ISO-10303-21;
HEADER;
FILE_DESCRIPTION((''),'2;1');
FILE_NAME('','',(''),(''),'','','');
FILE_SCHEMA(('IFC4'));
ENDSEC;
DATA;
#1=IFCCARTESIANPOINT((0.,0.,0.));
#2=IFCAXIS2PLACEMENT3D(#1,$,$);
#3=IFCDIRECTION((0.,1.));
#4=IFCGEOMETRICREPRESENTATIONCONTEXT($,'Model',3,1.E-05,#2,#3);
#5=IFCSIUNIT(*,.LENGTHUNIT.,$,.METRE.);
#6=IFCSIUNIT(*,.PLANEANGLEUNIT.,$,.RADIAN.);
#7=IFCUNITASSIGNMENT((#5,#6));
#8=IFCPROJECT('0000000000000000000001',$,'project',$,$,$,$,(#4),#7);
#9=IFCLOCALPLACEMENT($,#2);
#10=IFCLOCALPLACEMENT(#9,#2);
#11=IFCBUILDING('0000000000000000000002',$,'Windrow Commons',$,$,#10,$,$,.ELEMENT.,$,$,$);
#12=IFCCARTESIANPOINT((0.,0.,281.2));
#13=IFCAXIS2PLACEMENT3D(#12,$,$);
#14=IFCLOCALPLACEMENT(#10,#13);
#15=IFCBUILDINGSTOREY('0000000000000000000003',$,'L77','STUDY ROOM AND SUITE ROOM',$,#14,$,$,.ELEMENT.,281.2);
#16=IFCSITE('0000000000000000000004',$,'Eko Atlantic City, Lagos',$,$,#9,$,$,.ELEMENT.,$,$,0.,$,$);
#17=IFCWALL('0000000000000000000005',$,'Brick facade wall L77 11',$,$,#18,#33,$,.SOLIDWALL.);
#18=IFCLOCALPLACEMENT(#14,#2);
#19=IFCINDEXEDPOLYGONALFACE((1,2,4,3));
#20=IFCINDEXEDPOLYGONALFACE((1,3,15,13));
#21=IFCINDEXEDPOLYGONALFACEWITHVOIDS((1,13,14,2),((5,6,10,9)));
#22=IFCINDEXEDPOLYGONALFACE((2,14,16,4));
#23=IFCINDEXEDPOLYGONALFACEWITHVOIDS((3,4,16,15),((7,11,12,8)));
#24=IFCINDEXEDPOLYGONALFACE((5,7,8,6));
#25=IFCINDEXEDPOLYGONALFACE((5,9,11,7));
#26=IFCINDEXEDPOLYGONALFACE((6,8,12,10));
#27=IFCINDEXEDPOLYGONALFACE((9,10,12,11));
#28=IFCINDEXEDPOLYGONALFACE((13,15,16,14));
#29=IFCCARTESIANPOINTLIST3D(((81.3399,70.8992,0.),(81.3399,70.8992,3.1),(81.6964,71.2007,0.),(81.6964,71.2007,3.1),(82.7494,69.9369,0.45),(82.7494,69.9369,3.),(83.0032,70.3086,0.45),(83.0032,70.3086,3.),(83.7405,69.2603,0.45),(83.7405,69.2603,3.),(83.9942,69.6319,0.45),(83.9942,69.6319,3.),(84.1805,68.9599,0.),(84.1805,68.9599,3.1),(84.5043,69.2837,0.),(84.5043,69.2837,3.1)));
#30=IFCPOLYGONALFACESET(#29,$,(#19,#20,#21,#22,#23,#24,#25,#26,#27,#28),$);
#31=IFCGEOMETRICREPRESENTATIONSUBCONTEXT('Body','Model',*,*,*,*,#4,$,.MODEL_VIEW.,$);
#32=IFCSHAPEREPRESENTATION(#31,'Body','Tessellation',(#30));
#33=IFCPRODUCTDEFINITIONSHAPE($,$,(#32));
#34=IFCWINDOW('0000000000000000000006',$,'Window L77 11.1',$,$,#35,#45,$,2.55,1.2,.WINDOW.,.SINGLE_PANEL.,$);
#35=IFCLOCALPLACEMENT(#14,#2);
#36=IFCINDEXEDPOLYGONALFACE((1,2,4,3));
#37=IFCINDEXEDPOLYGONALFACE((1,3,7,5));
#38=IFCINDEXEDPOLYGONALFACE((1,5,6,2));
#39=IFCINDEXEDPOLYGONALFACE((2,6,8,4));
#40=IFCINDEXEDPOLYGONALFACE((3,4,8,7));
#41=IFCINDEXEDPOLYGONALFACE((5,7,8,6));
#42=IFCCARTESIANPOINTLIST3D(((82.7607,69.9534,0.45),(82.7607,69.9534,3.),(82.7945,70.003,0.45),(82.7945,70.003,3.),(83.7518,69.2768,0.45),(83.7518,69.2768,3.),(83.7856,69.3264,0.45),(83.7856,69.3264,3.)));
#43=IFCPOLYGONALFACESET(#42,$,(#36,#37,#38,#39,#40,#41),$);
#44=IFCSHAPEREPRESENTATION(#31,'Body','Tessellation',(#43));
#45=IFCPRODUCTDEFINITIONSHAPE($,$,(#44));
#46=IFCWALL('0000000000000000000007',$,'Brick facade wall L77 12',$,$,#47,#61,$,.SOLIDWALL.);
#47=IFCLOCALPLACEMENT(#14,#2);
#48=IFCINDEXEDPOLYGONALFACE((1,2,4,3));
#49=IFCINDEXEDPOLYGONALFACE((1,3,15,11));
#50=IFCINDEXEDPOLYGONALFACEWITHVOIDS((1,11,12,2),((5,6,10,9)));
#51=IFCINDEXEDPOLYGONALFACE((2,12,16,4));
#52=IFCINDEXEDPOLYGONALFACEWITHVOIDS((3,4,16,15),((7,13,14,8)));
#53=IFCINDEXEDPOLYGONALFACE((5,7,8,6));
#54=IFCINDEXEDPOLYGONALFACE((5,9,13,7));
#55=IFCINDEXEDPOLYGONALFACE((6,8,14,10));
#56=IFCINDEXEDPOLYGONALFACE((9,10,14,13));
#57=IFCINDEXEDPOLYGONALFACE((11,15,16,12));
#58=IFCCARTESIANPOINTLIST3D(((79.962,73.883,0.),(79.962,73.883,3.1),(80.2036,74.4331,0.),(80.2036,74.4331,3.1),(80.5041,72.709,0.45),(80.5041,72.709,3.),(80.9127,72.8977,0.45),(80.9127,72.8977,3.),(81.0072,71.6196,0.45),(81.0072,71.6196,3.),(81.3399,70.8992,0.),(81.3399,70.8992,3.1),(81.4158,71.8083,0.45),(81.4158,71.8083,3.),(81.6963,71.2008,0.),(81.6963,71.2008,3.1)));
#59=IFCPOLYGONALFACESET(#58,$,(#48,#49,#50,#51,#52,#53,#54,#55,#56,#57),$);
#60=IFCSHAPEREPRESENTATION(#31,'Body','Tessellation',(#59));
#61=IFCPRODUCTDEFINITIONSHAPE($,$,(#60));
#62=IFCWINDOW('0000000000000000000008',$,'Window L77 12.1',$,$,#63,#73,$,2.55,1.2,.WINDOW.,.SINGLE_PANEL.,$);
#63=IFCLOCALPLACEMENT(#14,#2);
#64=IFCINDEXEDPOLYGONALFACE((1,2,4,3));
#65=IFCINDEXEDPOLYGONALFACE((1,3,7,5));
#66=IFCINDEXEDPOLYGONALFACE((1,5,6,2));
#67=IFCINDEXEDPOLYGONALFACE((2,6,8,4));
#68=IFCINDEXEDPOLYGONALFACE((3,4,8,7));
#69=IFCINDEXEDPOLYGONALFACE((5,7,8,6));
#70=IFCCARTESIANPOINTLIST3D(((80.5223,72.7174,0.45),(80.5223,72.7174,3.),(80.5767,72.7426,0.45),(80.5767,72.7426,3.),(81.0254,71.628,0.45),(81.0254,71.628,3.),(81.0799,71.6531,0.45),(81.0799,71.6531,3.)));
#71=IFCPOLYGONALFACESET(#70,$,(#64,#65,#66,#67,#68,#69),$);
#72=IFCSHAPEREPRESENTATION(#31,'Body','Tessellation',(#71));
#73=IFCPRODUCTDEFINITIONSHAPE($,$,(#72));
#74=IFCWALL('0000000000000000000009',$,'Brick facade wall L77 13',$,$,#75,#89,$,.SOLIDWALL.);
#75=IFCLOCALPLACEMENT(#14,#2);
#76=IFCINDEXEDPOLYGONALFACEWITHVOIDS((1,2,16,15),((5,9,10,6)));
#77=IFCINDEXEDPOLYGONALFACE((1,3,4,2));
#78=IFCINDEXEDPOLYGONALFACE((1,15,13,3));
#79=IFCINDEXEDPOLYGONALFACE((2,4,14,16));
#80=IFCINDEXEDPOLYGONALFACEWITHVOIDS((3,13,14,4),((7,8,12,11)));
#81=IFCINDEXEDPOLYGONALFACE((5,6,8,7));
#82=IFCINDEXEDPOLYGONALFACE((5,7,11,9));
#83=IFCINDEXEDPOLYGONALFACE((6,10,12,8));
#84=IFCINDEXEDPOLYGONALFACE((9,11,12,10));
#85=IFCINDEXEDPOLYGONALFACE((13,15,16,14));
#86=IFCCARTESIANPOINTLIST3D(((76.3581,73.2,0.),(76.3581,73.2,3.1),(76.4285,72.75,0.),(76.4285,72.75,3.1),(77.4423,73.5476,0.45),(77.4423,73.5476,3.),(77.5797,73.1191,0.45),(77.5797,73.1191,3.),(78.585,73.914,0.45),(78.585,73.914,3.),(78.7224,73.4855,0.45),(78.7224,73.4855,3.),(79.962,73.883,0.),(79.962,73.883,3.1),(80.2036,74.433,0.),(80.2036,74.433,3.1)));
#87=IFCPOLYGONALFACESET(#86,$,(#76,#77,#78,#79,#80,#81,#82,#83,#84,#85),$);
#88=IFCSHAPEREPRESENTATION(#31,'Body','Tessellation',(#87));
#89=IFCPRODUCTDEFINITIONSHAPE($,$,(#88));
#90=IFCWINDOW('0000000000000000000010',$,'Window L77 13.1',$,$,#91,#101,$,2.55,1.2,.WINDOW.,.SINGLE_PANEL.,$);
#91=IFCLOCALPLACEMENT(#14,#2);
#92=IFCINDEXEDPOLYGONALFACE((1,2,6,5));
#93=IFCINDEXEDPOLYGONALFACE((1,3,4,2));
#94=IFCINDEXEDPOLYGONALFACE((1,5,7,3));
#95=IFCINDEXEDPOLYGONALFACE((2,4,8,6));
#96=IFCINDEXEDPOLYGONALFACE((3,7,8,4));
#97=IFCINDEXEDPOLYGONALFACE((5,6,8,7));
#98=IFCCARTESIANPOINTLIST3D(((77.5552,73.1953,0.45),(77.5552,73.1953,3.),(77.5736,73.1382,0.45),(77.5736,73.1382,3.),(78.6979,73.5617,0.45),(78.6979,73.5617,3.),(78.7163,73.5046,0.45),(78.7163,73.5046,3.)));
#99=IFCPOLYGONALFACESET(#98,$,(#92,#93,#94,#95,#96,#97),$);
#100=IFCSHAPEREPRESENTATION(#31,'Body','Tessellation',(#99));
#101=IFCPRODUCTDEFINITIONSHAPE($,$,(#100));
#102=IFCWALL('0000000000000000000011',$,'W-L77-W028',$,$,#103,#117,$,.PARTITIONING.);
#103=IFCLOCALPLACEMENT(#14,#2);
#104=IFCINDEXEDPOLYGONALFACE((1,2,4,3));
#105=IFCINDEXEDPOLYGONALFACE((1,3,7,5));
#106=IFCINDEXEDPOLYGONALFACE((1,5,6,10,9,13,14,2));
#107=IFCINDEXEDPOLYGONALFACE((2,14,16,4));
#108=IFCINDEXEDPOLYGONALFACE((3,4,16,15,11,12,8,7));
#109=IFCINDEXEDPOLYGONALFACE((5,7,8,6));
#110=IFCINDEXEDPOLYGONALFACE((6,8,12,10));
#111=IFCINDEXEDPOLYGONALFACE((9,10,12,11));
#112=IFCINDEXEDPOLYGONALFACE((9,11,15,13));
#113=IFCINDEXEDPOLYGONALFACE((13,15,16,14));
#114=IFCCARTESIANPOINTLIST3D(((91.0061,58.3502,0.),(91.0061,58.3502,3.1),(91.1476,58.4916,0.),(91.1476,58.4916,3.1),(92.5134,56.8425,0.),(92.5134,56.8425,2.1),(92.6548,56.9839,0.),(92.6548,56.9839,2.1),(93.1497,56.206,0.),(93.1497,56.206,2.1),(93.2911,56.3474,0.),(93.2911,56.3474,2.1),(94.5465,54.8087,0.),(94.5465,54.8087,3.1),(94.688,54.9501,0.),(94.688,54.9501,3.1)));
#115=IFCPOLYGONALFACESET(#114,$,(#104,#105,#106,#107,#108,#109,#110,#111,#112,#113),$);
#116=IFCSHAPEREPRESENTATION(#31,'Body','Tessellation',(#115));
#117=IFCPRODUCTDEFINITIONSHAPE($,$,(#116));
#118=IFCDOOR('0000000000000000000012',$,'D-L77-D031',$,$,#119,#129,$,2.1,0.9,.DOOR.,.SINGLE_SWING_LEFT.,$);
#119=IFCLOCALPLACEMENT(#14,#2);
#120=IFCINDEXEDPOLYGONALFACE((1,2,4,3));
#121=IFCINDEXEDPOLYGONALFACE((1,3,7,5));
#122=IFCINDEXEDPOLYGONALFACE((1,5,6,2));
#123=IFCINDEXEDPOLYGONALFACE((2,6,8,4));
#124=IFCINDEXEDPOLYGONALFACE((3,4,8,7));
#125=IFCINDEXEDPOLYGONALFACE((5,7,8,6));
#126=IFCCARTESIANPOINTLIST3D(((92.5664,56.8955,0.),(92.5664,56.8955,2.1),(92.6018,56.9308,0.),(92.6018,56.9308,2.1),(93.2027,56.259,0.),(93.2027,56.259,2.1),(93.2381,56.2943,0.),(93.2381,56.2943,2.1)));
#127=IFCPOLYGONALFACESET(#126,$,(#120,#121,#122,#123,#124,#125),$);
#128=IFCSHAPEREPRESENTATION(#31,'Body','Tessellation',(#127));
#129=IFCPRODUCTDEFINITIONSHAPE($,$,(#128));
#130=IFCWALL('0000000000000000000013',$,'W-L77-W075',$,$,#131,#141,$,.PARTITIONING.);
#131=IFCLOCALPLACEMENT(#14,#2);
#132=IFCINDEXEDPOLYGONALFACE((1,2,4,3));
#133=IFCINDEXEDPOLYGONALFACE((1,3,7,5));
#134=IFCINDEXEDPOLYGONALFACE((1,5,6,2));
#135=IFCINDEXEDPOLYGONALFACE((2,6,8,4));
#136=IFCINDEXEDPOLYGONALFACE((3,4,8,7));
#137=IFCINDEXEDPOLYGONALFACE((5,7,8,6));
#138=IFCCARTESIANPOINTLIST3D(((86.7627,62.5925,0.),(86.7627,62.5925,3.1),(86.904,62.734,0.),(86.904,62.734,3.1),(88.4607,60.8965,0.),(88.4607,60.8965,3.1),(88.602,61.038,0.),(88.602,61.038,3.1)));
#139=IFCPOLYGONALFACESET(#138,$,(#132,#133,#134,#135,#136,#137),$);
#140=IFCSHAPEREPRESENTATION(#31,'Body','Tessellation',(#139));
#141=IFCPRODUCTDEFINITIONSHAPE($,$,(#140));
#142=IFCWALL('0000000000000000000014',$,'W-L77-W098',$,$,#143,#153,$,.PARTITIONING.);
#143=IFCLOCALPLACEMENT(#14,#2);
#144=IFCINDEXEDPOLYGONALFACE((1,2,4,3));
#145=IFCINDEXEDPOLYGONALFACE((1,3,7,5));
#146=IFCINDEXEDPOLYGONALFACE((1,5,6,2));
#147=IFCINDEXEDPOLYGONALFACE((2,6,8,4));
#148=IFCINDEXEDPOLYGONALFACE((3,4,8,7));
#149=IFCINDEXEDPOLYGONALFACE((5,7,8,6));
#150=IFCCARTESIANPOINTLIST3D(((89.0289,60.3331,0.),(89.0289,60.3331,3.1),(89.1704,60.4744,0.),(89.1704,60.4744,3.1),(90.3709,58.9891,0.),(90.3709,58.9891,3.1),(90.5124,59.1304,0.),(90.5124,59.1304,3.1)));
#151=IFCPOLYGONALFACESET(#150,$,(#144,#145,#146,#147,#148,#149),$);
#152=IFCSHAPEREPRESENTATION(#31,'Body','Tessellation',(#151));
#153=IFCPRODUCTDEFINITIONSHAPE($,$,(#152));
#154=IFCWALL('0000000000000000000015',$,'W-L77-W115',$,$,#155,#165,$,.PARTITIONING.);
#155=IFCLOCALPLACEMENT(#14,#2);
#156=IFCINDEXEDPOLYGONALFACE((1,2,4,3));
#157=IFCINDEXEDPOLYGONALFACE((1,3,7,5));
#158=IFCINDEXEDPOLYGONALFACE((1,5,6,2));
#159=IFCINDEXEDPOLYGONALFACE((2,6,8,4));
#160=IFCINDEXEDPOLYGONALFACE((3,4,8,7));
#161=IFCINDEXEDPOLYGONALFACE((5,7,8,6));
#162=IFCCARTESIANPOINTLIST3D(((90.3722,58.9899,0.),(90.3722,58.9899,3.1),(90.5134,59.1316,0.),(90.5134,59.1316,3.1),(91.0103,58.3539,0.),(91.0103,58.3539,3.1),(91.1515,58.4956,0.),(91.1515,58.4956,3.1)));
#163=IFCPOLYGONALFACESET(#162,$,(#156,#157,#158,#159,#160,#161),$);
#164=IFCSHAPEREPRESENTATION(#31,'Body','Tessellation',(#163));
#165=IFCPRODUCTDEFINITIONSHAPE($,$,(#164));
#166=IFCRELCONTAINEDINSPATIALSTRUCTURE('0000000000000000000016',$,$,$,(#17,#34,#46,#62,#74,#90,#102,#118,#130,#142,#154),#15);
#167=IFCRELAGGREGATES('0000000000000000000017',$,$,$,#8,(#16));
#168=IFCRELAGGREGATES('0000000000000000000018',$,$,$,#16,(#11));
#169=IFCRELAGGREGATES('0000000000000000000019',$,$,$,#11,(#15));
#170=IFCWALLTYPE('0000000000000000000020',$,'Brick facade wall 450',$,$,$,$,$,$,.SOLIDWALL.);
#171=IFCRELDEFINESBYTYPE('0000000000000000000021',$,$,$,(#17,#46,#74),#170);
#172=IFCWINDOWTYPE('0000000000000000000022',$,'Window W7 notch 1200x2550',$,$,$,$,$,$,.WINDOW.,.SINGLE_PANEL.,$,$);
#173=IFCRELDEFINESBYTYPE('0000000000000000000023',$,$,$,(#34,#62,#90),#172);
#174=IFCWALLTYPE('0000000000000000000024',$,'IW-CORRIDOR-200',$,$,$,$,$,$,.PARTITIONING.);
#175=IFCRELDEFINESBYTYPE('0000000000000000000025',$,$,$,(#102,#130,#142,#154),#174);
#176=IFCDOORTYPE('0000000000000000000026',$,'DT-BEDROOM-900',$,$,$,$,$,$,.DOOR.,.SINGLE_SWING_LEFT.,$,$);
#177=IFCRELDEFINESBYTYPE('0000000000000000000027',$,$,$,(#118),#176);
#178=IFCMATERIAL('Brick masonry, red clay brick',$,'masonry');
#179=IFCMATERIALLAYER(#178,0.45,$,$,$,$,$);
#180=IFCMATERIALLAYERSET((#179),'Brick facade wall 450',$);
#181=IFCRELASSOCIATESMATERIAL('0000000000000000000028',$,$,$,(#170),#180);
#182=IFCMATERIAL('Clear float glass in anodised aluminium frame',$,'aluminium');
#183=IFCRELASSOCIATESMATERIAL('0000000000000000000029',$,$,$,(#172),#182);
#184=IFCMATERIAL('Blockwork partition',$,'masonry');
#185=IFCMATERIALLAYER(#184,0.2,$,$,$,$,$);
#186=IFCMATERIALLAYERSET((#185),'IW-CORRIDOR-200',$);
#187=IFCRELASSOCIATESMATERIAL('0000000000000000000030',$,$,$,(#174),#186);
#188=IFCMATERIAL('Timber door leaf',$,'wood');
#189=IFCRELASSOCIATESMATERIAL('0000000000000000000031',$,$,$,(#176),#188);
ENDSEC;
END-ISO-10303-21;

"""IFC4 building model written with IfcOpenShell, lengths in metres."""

from ifc_helpers import new_model, si_unit, direction, frame, frame_2d, origin, place, context, subcontext, project, spatial, polyline, rectangle, outline, extrude, material, layer, layer_set, type_object, element, fill, save


model = new_model("IFC4")

# Units and contexts
model_context = context("Model", 3, precision=1e-05, world=origin(), true_north=direction((0.0, 1.0)))
body_context = subcontext(model_context, "Body", "Model", "MODEL_VIEW")
ifc_project = project(units=[si_unit("LENGTHUNIT", "METRE"), si_unit("PLANEANGLEUNIT", "RADIAN")], contexts=[model_context])

# Site, building, storey
site_placement = place(None, origin())
site = spatial("IfcSite", under=ifc_project, at=site_placement, Name="Eko Atlantic City, Lagos", CompositionType="ELEMENT", RefElevation=0.0)
building_placement = place(site_placement, origin())
building = spatial("IfcBuilding", under=site, at=building_placement, Name="Windrow Commons", CompositionType="ELEMENT")
storey_placement = place(building_placement, frame((0.0, 0.0, 281.2)))
storey = spatial("IfcBuildingStorey", under=building, at=storey_placement, Name="L77", Description="STUDY ROOM AND SUITE ROOM", CompositionType="ELEMENT", Elevation=281.2)

# Shared definitions
ifc_material_1 = material(Name="Brick masonry, red clay brick", Category="masonry")
ifc_layer_1 = layer(ifc_material_1, 0.45)
ifc_layer_set_1 = layer_set([ifc_layer_1], Name="Brick facade wall 450")
wall_type_1 = type_object("IfcWallType", Name="Brick facade wall 450", PredefinedType="SOLIDWALL", material=ifc_layer_set_1)
ifc_material_2 = material(Name="Clear float glass in anodised aluminium frame", Category="aluminium")
window_type_1 = type_object("IfcWindowType", Name="Window W7 notch 1200x2550", PartitioningType="SINGLE_PANEL", PredefinedType="WINDOW", material=ifc_material_2)

# Walls, openings, windows
wall_1_placement = place(storey_placement, frame((84.3424, 69.1218, 0.0), z_axis=(0.0, 0.0, 1.0), x_axis=(-0.825881, 0.563844, 0.0)))
wall_1 = element("IfcWall", 1, at=wall_1_placement, inside=storey, type_object=wall_type_1, Name="Brick facade wall L77 11", PredefinedType="SOLIDWALL", context=body_context, shape_type="SweptSolid", body=[
    extrude(outline(polyline([(-0.0424, -0.225), (3.3575, -0.225), (3.4819, 0.225), (0.0424, 0.225), (-0.0424, -0.225)])), origin(), (0.0, 0.0, 1.0), 3.1),
])
opening_1_placement = place(wall_1_placement, frame((0.5752, 0.0, 0.45)))
opening_1 = element("IfcOpeningElement", 2, at=opening_1_placement, cuts=wall_1, PredefinedType="OPENING", context=body_context, shape_type="SweptSolid", body=[
    extrude(rectangle(XDim=1.2, YDim=2.55, at=frame_2d((0.6, 1.275))), frame((0.0, 0.235, 0.0), z_axis=(0.0, -1.0, 0.0), x_axis=(1.0, 0.0, 0.0)), (0.0, 0.0, 1.0), 0.47),
])
window_1_placement = place(opening_1_placement, origin())
window_1 = element("IfcWindow", 3, at=window_1_placement, inside=storey, type_object=window_type_1, Name="Window L77 11.1", OverallHeight=2.55, OverallWidth=1.2, PartitioningType="SINGLE_PANEL", PredefinedType="WINDOW", context=body_context, shape_type="SweptSolid", body=[
    extrude(rectangle(XDim=1.2, YDim=2.55, at=frame_2d((0.6, 1.275))), frame((0.0, 0.205, 0.0), z_axis=(0.0, -1.0, 0.0), x_axis=(1.0, 0.0, 0.0)), (0.0, 0.0, 1.0), 0.06),
])
fill(opening_1, window_1)
wall_2_placement = place(storey_placement, frame((81.5181, 71.05, 0.0), z_axis=(0.0, 0.0, 1.0), x_axis=(-0.41926, 0.907866, 0.0)))
wall_2 = element("IfcWall", 4, at=wall_2_placement, inside=storey, type_object=wall_type_1, Name="Brick facade wall L77 12", PredefinedType="SOLIDWALL", context=body_context, shape_type="SweptSolid", body=[
    extrude(outline(polyline([(0.0622, -0.225), (3.6225, -0.225), (3.2244, 0.225), (-0.0622, 0.225), (0.0622, -0.225)])), origin(), (0.0, 0.0, 1.0), 3.1),
])
opening_2_placement = place(wall_2_placement, frame((0.7313, 0.0, 0.45)))
opening_2 = element("IfcOpeningElement", 5, at=opening_2_placement, cuts=wall_2, PredefinedType="OPENING", context=body_context, shape_type="SweptSolid", body=[
    extrude(rectangle(XDim=1.2, YDim=2.55, at=frame_2d((0.6, 1.275))), frame((0.0, 0.235, 0.0), z_axis=(0.0, -1.0, 0.0), x_axis=(1.0, 0.0, 0.0)), (0.0, 0.0, 1.0), 0.47),
])
window_2_placement = place(opening_2_placement, origin())
window_2 = element("IfcWindow", 6, at=window_2_placement, inside=storey, type_object=window_type_1, Name="Window L77 12.1", OverallHeight=2.55, OverallWidth=1.2, PartitioningType="SINGLE_PANEL", PredefinedType="WINDOW", context=body_context, shape_type="SweptSolid", body=[
    extrude(rectangle(XDim=1.2, YDim=2.55, at=frame_2d((0.6, 1.275))), frame((0.0, 0.205, 0.0), z_axis=(0.0, -1.0, 0.0), x_axis=(1.0, 0.0, 0.0)), (0.0, 0.0, 1.0), 0.06),
])
fill(opening_2, window_2)
wall_3_placement = place(storey_placement, frame((80.0828, 74.158, 0.0), z_axis=(0.0, 0.0, 1.0), x_axis=(-0.952247, -0.305328, 0.0)))
wall_3 = element("IfcWall", 7, at=wall_3_placement, inside=storey, type_object=wall_type_1, Name="Brick facade wall L77 13", PredefinedType="SOLIDWALL", context=body_context, shape_type="SweptSolid", body=[
    extrude(outline(polyline([(-0.199, -0.225), (3.8393, -0.225), (3.9097, 0.225), (0.199, 0.225), (-0.199, -0.225)])), origin(), (0.0, 0.0, 1.0), 3.1),
])
opening_3_placement = place(wall_3_placement, frame((1.5008, 0.0, 0.45)))
opening_3 = element("IfcOpeningElement", 8, at=opening_3_placement, cuts=wall_3, PredefinedType="OPENING", context=body_context, shape_type="SweptSolid", body=[
    extrude(rectangle(XDim=1.2, YDim=2.55, at=frame_2d((0.6, 1.275))), frame((0.0, 0.235, 0.0), z_axis=(0.0, -1.0, 0.0), x_axis=(1.0, 0.0, 0.0)), (0.0, 0.0, 1.0), 0.47),
])
window_3_placement = place(opening_3_placement, origin())
window_3 = element("IfcWindow", 9, at=window_3_placement, inside=storey, type_object=window_type_1, Name="Window L77 13.1", OverallHeight=2.55, OverallWidth=1.2, PartitioningType="SINGLE_PANEL", PredefinedType="WINDOW", context=body_context, shape_type="SweptSolid", body=[
    extrude(rectangle(XDim=1.2, YDim=2.55, at=frame_2d((0.6, 1.275))), frame((0.0, 0.205, 0.0), z_axis=(0.0, -1.0, 0.0), x_axis=(1.0, 0.0, 0.0)), (0.0, 0.0, 1.0), 0.06),
])
fill(opening_3, window_3)

# Wall, opening, door
ifc_material_3 = material(Name="Blockwork partition", Category="masonry")
ifc_layer_2 = layer(ifc_material_3, 0.2)
ifc_layer_set_2 = layer_set([ifc_layer_2], Name="IW-CORRIDOR-200")
wall_type_2 = type_object("IfcWallType", Name="IW-CORRIDOR-200", PredefinedType="PARTITIONING", material=ifc_layer_set_2)
wall_4_placement = place(storey_placement, frame((91.0769, 58.4209, 0.0), z_axis=(0.0, 0.0, 1.0), x_axis=(0.706987, -0.707227, 0.0)))
wall_4 = element("IfcWall", 10, at=wall_4_placement, inside=storey, type_object=wall_type_2, Name="W-L77-W028", PredefinedType="PARTITIONING", context=body_context, shape_type="SweptSolid", body=[
    extrude(rectangle(XDim=5.0077, YDim=0.2, at=frame_2d((2.5038, 0.0))), origin(), (0.0, 0.0, 1.0), 3.1),
])
opening_4_placement = place(wall_4_placement, frame((2.1319, 0.0, 0.0)))
opening_4 = element("IfcOpeningElement", 11, at=opening_4_placement, cuts=wall_4, PredefinedType="OPENING", context=body_context, shape_type="SweptSolid", body=[
    extrude(rectangle(XDim=0.9, YDim=2.1, at=frame_2d((0.45, 1.05))), frame((0.0, 0.11, 0.0), z_axis=(0.0, -1.0, 0.0), x_axis=(1.0, 0.0, 0.0)), (0.0, 0.0, 1.0), 0.22),
])
ifc_material_4 = material(Name="Timber door leaf", Category="wood")
door_type_1 = type_object("IfcDoorType", Name="DT-BEDROOM-900", OperationType="SINGLE_SWING_LEFT", PredefinedType="DOOR", material=ifc_material_4)
door_1_placement = place(opening_4_placement, origin())
door_1 = element("IfcDoor", 12, at=door_1_placement, inside=storey, type_object=door_type_1, Name="D-L77-D031", OperationType="SINGLE_SWING_LEFT", OverallHeight=2.1, OverallWidth=0.9, PredefinedType="DOOR", context=body_context, shape_type="SweptSolid", body=[
    extrude(rectangle(XDim=0.9, YDim=2.1, at=frame_2d((0.45, 1.05))), frame((0.0, 0.025, 0.0), z_axis=(0.0, -1.0, 0.0), x_axis=(1.0, 0.0, 0.0)), (0.0, 0.0, 1.0), 0.05),
])
fill(opening_4, door_1)

# Walls
wall_5_placement = place(storey_placement, frame((86.8333, 62.6633, 0.0), z_axis=(0.0, 0.0, 1.0), x_axis=(0.707523, -0.70669, 0.0)))
element("IfcWall", 13, at=wall_5_placement, inside=storey, type_object=wall_type_2, Name="W-L77-W075", PredefinedType="PARTITIONING", context=body_context, shape_type="SweptSolid", body=[
    extrude(rectangle(XDim=2.3999, YDim=0.2, at=frame_2d((1.2, 0.0))), origin(), (0.0, 0.0, 1.0), 3.1),
])
wall_6_placement = place(storey_placement, frame((89.0997, 60.4037, 0.0), z_axis=(0.0, 0.0, 1.0), x_axis=(0.70658, -0.707633, 0.0)))
element("IfcWall", 14, at=wall_6_placement, inside=storey, type_object=wall_type_2, Name="W-L77-W098", PredefinedType="PARTITIONING", context=body_context, shape_type="SweptSolid", body=[
    extrude(rectangle(XDim=1.8993, YDim=0.2, at=frame_2d((0.9496, 0.0))), origin(), (0.0, 0.0, 1.0), 3.1),
])
wall_7_placement = place(storey_placement, frame((90.4428, 59.0608, 0.0), z_axis=(0.0, 0.0, 1.0), x_axis=(0.708216, -0.705996, 0.0)))
element("IfcWall", 15, at=wall_7_placement, inside=storey, type_object=wall_type_2, Name="W-L77-W115", PredefinedType="PARTITIONING", context=body_context, shape_type="SweptSolid", body=[
    extrude(rectangle(XDim=0.9009, YDim=0.2, at=frame_2d((0.4505, 0.0))), origin(), (0.0, 0.0, 1.0), 3.1),
])

save(model, "model.ifc")
